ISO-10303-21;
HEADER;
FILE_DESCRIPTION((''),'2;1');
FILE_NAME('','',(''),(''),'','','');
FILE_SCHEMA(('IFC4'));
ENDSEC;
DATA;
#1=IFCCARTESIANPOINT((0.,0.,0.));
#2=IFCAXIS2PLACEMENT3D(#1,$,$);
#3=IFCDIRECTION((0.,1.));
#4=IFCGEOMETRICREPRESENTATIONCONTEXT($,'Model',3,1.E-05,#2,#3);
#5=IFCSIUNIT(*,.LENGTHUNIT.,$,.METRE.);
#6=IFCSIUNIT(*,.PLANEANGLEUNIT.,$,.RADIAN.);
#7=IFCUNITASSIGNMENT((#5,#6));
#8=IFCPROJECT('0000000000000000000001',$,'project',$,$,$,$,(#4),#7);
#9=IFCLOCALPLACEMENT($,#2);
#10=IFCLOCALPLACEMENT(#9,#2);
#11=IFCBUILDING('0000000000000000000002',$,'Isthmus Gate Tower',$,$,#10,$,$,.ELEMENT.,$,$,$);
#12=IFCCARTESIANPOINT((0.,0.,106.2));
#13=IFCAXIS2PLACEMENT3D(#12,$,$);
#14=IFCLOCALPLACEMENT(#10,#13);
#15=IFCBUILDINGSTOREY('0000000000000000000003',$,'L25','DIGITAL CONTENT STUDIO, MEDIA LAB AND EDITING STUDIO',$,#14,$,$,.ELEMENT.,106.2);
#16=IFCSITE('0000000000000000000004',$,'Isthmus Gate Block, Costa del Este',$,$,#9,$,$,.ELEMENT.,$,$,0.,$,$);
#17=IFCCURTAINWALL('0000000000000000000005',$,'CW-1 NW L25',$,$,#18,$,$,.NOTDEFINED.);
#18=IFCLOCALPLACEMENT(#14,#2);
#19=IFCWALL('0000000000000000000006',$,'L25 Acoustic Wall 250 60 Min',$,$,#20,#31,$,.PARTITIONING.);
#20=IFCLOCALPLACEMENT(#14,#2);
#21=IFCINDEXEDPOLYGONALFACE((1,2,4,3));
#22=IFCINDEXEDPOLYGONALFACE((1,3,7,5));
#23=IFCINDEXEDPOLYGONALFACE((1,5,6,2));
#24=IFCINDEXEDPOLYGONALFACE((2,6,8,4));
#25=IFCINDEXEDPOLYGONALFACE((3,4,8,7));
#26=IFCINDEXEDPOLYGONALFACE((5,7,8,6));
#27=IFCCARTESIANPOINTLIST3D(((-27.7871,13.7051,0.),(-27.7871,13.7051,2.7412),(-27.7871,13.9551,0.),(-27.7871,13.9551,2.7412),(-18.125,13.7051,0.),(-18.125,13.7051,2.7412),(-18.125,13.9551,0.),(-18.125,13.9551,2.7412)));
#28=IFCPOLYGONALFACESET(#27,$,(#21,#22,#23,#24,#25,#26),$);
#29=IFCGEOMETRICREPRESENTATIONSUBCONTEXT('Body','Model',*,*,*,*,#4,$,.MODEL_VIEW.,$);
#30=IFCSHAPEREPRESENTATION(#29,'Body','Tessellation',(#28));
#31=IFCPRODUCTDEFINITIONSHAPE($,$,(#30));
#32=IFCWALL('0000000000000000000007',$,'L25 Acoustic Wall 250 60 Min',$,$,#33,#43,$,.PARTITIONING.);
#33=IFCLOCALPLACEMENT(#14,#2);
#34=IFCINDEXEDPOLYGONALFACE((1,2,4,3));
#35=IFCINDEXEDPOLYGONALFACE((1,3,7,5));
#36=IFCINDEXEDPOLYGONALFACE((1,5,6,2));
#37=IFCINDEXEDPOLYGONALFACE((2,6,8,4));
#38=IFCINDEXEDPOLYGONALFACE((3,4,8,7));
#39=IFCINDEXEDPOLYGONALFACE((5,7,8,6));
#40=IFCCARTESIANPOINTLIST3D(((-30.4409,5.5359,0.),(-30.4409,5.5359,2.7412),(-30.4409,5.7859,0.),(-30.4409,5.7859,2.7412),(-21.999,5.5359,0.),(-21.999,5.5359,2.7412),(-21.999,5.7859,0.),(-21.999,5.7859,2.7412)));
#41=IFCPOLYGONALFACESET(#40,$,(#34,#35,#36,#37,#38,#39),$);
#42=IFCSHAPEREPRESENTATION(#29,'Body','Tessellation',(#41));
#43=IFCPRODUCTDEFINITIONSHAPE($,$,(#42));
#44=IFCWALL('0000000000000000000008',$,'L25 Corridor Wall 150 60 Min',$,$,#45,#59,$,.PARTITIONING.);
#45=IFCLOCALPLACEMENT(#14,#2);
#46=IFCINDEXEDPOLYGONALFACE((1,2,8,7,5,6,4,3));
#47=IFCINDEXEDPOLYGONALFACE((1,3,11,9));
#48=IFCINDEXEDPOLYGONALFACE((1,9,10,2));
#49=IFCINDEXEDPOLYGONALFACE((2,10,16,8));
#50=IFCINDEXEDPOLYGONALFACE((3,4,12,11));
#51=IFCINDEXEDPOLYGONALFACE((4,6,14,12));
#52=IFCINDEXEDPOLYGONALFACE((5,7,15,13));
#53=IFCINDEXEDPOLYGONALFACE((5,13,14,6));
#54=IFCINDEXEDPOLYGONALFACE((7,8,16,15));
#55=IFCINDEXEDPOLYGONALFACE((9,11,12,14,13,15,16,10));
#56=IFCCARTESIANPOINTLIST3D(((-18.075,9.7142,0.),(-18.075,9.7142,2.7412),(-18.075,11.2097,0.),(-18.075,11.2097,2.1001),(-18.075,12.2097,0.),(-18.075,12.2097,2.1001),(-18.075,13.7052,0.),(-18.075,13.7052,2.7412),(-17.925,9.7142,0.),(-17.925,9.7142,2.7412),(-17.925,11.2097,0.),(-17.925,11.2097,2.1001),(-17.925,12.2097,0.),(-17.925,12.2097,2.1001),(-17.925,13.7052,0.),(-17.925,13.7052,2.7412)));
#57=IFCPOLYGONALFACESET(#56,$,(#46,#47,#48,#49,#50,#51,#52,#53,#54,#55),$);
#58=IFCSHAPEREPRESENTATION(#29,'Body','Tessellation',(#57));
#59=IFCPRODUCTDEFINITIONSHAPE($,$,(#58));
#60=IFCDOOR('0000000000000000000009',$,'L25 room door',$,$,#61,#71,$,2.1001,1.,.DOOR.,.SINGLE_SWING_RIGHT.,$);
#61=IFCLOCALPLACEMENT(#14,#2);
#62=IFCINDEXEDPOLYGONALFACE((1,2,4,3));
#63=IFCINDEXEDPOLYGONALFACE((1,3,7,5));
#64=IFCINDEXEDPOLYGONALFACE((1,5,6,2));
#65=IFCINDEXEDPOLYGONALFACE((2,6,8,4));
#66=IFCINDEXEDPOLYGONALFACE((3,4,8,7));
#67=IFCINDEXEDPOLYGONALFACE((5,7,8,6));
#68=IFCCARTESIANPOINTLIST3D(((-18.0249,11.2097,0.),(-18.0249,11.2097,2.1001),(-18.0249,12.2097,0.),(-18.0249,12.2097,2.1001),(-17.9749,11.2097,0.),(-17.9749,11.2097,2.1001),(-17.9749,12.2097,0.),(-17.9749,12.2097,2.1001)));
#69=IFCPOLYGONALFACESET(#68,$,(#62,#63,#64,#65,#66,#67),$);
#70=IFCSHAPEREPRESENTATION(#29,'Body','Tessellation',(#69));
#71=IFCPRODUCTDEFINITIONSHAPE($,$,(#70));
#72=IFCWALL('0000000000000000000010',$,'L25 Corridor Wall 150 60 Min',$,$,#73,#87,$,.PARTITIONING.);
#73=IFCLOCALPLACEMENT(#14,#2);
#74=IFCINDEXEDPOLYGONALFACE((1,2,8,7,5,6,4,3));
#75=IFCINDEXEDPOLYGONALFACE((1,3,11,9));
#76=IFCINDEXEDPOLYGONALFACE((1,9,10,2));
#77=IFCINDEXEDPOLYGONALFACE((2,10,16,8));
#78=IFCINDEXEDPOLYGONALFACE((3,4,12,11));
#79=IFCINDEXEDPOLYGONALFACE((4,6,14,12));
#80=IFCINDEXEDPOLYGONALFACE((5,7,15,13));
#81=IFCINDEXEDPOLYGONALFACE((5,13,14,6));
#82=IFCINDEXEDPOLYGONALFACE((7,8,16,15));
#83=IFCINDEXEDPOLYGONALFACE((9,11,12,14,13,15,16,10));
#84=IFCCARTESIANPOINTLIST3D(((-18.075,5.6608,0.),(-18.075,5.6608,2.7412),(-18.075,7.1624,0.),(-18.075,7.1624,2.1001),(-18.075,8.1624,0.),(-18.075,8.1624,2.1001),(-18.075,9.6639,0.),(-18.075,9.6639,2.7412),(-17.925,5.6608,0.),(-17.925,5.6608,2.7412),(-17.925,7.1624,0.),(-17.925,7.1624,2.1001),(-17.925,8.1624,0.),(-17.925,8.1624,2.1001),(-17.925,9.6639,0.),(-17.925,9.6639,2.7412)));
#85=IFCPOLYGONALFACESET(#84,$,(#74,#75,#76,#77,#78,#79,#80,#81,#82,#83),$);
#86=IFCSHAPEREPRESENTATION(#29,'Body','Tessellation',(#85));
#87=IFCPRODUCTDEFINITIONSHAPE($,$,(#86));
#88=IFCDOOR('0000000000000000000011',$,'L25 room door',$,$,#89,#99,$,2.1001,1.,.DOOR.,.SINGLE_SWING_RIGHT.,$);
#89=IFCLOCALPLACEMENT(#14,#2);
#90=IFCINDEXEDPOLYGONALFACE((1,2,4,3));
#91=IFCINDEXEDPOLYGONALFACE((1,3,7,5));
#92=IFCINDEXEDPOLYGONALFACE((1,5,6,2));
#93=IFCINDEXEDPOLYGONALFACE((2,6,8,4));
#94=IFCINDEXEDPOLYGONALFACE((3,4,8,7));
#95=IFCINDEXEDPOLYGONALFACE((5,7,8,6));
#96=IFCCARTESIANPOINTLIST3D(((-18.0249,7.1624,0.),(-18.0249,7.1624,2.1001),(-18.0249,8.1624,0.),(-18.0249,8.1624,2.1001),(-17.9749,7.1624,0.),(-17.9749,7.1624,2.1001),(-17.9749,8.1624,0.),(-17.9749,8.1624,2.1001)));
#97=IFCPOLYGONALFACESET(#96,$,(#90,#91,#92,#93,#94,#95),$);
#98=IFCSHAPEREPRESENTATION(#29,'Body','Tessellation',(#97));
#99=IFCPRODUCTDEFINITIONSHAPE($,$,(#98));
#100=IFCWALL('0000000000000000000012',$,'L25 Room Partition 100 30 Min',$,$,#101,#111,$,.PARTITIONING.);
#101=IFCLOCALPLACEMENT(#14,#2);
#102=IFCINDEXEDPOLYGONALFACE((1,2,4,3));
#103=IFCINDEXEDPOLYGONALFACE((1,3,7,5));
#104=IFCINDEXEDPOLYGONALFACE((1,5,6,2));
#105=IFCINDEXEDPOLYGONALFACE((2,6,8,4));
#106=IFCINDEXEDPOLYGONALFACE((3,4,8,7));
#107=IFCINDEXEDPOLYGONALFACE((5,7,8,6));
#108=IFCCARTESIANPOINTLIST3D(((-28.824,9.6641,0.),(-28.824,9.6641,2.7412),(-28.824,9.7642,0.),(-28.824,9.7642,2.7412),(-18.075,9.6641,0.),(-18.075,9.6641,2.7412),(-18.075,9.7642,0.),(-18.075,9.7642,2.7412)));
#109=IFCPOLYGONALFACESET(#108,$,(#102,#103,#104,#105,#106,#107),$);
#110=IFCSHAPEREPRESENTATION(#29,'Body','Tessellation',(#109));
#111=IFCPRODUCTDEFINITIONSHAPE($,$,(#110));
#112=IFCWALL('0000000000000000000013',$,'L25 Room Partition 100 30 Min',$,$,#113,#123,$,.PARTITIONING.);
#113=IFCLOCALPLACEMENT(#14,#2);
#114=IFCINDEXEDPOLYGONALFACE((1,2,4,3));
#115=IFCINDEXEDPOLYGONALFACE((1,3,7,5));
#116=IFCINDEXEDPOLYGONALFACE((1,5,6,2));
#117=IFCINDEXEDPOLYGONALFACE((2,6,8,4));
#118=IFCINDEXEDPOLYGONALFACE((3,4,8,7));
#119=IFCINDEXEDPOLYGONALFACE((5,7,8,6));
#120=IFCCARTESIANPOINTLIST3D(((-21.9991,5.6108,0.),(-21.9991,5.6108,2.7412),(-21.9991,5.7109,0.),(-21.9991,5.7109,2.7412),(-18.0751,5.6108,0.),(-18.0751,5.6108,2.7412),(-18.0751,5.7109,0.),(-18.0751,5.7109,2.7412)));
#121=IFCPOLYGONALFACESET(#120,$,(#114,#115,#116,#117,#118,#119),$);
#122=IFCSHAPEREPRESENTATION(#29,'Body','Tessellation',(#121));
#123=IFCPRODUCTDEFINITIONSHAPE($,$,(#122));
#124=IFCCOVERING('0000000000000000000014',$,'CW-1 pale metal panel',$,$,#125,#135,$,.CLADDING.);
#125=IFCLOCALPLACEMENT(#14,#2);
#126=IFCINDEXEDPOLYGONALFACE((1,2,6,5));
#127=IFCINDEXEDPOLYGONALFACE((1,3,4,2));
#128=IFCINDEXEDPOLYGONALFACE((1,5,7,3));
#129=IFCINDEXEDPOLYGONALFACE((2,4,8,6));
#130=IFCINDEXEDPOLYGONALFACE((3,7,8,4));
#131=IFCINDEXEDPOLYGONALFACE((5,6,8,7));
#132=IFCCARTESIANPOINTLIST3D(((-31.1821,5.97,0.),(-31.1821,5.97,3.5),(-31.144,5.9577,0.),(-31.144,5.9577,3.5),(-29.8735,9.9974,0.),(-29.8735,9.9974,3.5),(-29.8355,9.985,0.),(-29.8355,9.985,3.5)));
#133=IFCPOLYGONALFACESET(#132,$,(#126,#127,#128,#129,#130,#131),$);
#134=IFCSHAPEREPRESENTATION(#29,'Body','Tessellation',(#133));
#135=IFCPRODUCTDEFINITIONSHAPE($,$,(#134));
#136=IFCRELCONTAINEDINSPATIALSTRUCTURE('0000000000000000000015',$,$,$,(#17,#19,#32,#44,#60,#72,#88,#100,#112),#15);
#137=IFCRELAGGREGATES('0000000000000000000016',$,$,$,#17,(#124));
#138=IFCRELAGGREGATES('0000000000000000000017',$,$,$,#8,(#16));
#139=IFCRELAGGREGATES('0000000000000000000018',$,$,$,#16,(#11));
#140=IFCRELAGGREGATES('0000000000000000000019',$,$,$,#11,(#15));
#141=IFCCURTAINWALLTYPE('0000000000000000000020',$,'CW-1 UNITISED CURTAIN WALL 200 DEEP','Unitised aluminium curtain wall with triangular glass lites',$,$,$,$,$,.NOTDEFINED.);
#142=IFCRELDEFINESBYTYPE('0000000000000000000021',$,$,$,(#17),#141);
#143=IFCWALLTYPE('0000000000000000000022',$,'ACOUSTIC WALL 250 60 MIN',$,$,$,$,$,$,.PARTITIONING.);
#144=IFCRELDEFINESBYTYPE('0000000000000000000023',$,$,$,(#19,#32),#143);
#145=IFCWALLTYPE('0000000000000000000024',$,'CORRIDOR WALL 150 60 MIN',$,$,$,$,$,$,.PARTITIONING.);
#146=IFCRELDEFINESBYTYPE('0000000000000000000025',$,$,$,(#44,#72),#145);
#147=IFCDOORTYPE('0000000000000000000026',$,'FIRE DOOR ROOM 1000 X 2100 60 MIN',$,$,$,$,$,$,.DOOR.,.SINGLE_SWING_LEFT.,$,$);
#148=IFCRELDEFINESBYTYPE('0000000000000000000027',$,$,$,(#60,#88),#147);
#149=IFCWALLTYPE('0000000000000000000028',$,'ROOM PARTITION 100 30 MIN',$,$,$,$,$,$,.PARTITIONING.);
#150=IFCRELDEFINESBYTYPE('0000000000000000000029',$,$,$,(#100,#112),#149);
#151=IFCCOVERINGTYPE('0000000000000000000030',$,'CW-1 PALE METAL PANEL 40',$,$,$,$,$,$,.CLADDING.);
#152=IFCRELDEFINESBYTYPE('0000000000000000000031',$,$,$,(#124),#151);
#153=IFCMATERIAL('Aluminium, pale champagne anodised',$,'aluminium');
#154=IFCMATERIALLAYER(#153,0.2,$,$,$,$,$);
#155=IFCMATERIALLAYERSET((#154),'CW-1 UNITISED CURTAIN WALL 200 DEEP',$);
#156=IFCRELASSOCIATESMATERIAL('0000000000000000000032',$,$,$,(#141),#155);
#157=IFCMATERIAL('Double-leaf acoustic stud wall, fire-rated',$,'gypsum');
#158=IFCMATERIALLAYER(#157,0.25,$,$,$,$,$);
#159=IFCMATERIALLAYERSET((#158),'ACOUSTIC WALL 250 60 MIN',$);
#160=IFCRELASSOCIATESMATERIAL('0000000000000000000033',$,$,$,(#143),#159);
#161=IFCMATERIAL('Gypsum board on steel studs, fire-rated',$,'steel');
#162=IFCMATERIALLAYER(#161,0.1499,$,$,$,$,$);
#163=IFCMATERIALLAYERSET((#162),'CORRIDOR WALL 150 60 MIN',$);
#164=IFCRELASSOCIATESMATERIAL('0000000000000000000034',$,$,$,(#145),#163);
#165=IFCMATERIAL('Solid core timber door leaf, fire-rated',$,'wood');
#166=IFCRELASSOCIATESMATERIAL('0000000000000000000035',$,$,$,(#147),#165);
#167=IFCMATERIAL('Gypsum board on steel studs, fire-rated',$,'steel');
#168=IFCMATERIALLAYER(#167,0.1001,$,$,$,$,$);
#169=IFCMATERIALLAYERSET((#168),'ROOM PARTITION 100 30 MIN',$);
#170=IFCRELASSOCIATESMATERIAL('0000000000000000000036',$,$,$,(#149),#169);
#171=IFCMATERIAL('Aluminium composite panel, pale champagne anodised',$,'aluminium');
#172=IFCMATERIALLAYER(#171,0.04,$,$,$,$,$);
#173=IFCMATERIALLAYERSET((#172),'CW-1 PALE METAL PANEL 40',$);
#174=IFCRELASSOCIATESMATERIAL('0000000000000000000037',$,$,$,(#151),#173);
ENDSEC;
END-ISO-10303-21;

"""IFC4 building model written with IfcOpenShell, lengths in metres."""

from ifc_helpers import new_model, si_unit, direction, frame, frame_2d, origin, origin_2d, place, context, subcontext, project, spatial, rectangle, extrude, material, layer, layer_set, type_object, element, fill, aggregate, save


model = new_model("IFC4")

# Units and contexts
model_context = context("Model", 3, precision=1e-05, world=origin(), true_north=direction((0.0, 1.0)))
body_context = subcontext(model_context, "Body", "Model", "MODEL_VIEW")
ifc_project = project(units=[si_unit("LENGTHUNIT", "METRE"), si_unit("PLANEANGLEUNIT", "RADIAN")], contexts=[model_context])

# Site, building, storey
site_placement = place(None, origin())
site = spatial("IfcSite", under=ifc_project, at=site_placement, Name="Isthmus Gate Block, Costa del Este", CompositionType="ELEMENT", RefElevation=0.0)
building_placement = place(site_placement, origin())
building = spatial("IfcBuilding", under=site, at=building_placement, Name="Isthmus Gate Tower", CompositionType="ELEMENT")
storey_placement = place(building_placement, frame((0.0, 0.0, 106.2)))
storey = spatial("IfcBuildingStorey", under=building, at=storey_placement, Name="L25", Description="DIGITAL CONTENT STUDIO, MEDIA LAB AND EDITING STUDIO", CompositionType="ELEMENT", Elevation=106.2)

# Curtain wall
ifc_material_1 = material(Name="Aluminium, pale champagne anodised", Category="aluminium")
ifc_layer_1 = layer(ifc_material_1, 0.2)
ifc_layer_set_1 = layer_set([ifc_layer_1], Name="CW-1 UNITISED CURTAIN WALL 200 DEEP")
curtain_wall_type = type_object("IfcCurtainWallType", Name="CW-1 UNITISED CURTAIN WALL 200 DEEP", Description="Unitised aluminium curtain wall with triangular glass lites", PredefinedType="NOTDEFINED", material=ifc_layer_set_1)
curtain_wall_placement = place(storey_placement, origin())
curtain_wall = element("IfcCurtainWall", 1, at=curtain_wall_placement, inside=storey, type_object=curtain_wall_type, Name="CW-1 NW L25", PredefinedType="NOTDEFINED")

# Walls
ifc_material_2 = material(Name="Double-leaf acoustic stud wall, fire-rated", Category="gypsum")
ifc_layer_2 = layer(ifc_material_2, 0.25)
ifc_layer_set_2 = layer_set([ifc_layer_2], Name="ACOUSTIC WALL 250 60 MIN")
wall_type_1 = type_object("IfcWallType", Name="ACOUSTIC WALL 250 60 MIN", PredefinedType="PARTITIONING", material=ifc_layer_set_2)
wall_1_placement = place(storey_placement, frame((-27.7871, 13.8301, 0.0), z_axis=(0.0, 0.0, 1.0), x_axis=(1.0, 0.0, 0.0)))
element("IfcWall", 2, at=wall_1_placement, inside=storey, type_object=wall_type_1, Name="L25 Acoustic Wall 250 60 Min", PredefinedType="PARTITIONING", context=body_context, shape_type="SweptSolid", body=[
    extrude(rectangle(XDim=9.6621, YDim=0.25, at=frame_2d((4.8311, 0.0))), origin(), (0.0, 0.0, 1.0), 2.7412),
])
wall_2_placement = place(storey_placement, frame((-30.4409, 5.6609, 0.0), z_axis=(0.0, 0.0, 1.0), x_axis=(1.0, 0.0, 0.0)))
element("IfcWall", 3, at=wall_2_placement, inside=storey, type_object=wall_type_1, Name="L25 Acoustic Wall 250 60 Min", PredefinedType="PARTITIONING", context=body_context, shape_type="SweptSolid", body=[
    extrude(rectangle(XDim=8.4419, YDim=0.25, at=frame_2d((4.2209, 0.0))), origin(), (0.0, 0.0, 1.0), 2.7412),
])

# Walls, openings, doors
ifc_material_3 = material(Name="Gypsum board on steel studs, fire-rated", Category="steel")
ifc_layer_3 = layer(ifc_material_3, 0.1499)
ifc_layer_set_3 = layer_set([ifc_layer_3], Name="CORRIDOR WALL 150 60 MIN")
wall_type_2 = type_object("IfcWallType", Name="CORRIDOR WALL 150 60 MIN", PredefinedType="PARTITIONING", material=ifc_layer_set_3)
wall_3_placement = place(storey_placement, frame((-18.0, 9.7141, 0.0), z_axis=(0.0, 0.0, 1.0), x_axis=(0.0, 1.0, 0.0)))
wall_3 = element("IfcWall", 4, at=wall_3_placement, inside=storey, type_object=wall_type_2, Name="L25 Corridor Wall 150 60 Min", PredefinedType="PARTITIONING", context=body_context, shape_type="SweptSolid", body=[
    extrude(rectangle(XDim=3.991, YDim=0.1499, at=frame_2d((1.9956, 0.0))), origin(), (0.0, 0.0, 1.0), 2.7412),
])
opening_1_placement = place(wall_3_placement, frame((1.4956, 0.0, 0.0)))
opening_1 = element("IfcOpeningElement", 5, at=opening_1_placement, cuts=wall_3, PredefinedType="OPENING", context=body_context, shape_type="SweptSolid", body=[
    extrude(rectangle(XDim=1.0, YDim=2.1001, at=frame_2d((0.5, 1.05))), frame((0.0, 0.085, 0.0), z_axis=(0.0, -1.0, 0.0), x_axis=(1.0, 0.0, 0.0)), (0.0, 0.0, 1.0), 0.1699),
])
ifc_material_4 = material(Name="Solid core timber door leaf, fire-rated", Category="wood")
door_type = type_object("IfcDoorType", Name="FIRE DOOR ROOM 1000 X 2100 60 MIN", OperationType="SINGLE_SWING_LEFT", PredefinedType="DOOR", material=ifc_material_4)
door_1_placement = place(opening_1_placement, origin())
door_1 = element("IfcDoor", 6, at=door_1_placement, inside=storey, type_object=door_type, Name="L25 room door", OperationType="SINGLE_SWING_RIGHT", OverallHeight=2.1001, OverallWidth=1.0, PredefinedType="DOOR", context=body_context, shape_type="SweptSolid", body=[
    extrude(rectangle(XDim=1.0, YDim=2.1001, at=frame_2d((0.5, 1.05))), frame((0.0, 0.0249, 0.0), z_axis=(0.0, -1.0, 0.0), x_axis=(1.0, 0.0, 0.0)), (0.0, 0.0, 1.0), 0.05),
])
fill(opening_1, door_1)
wall_4_placement = place(storey_placement, frame((-18.0, 5.6609, 0.0), z_axis=(0.0, 0.0, 1.0), x_axis=(0.0, 1.0, 0.0)))
wall_4 = element("IfcWall", 7, at=wall_4_placement, inside=storey, type_object=wall_type_2, Name="L25 Corridor Wall 150 60 Min", PredefinedType="PARTITIONING", context=body_context, shape_type="SweptSolid", body=[
    extrude(rectangle(XDim=4.0032, YDim=0.1499, at=frame_2d((2.0015, 0.0))), origin(), (0.0, 0.0, 1.0), 2.7412),
])
opening_2_placement = place(wall_4_placement, frame((1.5015, 0.0, 0.0)))
opening_2 = element("IfcOpeningElement", 8, at=opening_2_placement, cuts=wall_4, PredefinedType="OPENING", context=body_context, shape_type="SweptSolid", body=[
    extrude(rectangle(XDim=1.0, YDim=2.1001, at=frame_2d((0.5, 1.05))), frame((0.0, 0.085, 0.0), z_axis=(0.0, -1.0, 0.0), x_axis=(1.0, 0.0, 0.0)), (0.0, 0.0, 1.0), 0.1699),
])
door_2_placement = place(opening_2_placement, origin())
door_2 = element("IfcDoor", 9, at=door_2_placement, inside=storey, type_object=door_type, Name="L25 room door", OperationType="SINGLE_SWING_RIGHT", OverallHeight=2.1001, OverallWidth=1.0, PredefinedType="DOOR", context=body_context, shape_type="SweptSolid", body=[
    extrude(rectangle(XDim=1.0, YDim=2.1001, at=frame_2d((0.5, 1.05))), frame((0.0, 0.0249, 0.0), z_axis=(0.0, -1.0, 0.0), x_axis=(1.0, 0.0, 0.0)), (0.0, 0.0, 1.0), 0.05),
])
fill(opening_2, door_2)

# Walls
ifc_material_5 = material(Name="Gypsum board on steel studs, fire-rated", Category="steel")
ifc_layer_4 = layer(ifc_material_5, 0.1001)
ifc_layer_set_4 = layer_set([ifc_layer_4], Name="ROOM PARTITION 100 30 MIN")
wall_type_3 = type_object("IfcWallType", Name="ROOM PARTITION 100 30 MIN", PredefinedType="PARTITIONING", material=ifc_layer_set_4)
wall_5_placement = place(storey_placement, frame((-28.824, 9.7141, 0.0), z_axis=(0.0, 0.0, 1.0), x_axis=(1.0, 0.0, 0.0)))
element("IfcWall", 10, at=wall_5_placement, inside=storey, type_object=wall_type_3, Name="L25 Room Partition 100 30 Min", PredefinedType="PARTITIONING", context=body_context, shape_type="SweptSolid", body=[
    extrude(rectangle(XDim=10.749, YDim=0.1001, at=frame_2d((5.3745, 0.0))), origin(), (0.0, 0.0, 1.0), 2.7412),
])
wall_6_placement = place(storey_placement, frame((-21.999, 5.6609, 0.0), z_axis=(0.0, 0.0, 1.0), x_axis=(1.0, 0.0, 0.0)))
element("IfcWall", 11, at=wall_6_placement, inside=storey, type_object=wall_type_3, Name="L25 Room Partition 100 30 Min", PredefinedType="PARTITIONING", context=body_context, shape_type="SweptSolid", body=[
    extrude(rectangle(XDim=3.9241, YDim=0.1001, at=frame_2d((1.9619, 0.0))), origin(), (0.0, 0.0, 1.0), 2.7412),
])

# Covering
ifc_material_6 = material(Name="Aluminium composite panel, pale champagne anodised", Category="aluminium")
ifc_layer_5 = layer(ifc_material_6, 0.04)
ifc_layer_set_5 = layer_set([ifc_layer_5], Name="CW-1 PALE METAL PANEL 40")
covering_type = type_object("IfcCoveringType", Name="CW-1 PALE METAL PANEL 40", PredefinedType="CLADDING", material=ifc_layer_set_5)
covering_placement = place(storey_placement, frame((-30.5088, 7.9775, 0.0), z_axis=(0.0, 0.0, 1.0), x_axis=(-0.309017, -0.951057, 0.0)))
covering = element("IfcCovering", 12, at=covering_placement, type_object=covering_type, Name="CW-1 pale metal panel", PredefinedType="CLADDING", context=body_context, shape_type="SweptSolid", body=[
    extrude(rectangle(XDim=4.2346, YDim=0.04, at=origin_2d()), origin(), (0.0, 0.0, 1.0), 3.5),
])
aggregate(curtain_wall, [covering])

save(model, "model.ifc")
